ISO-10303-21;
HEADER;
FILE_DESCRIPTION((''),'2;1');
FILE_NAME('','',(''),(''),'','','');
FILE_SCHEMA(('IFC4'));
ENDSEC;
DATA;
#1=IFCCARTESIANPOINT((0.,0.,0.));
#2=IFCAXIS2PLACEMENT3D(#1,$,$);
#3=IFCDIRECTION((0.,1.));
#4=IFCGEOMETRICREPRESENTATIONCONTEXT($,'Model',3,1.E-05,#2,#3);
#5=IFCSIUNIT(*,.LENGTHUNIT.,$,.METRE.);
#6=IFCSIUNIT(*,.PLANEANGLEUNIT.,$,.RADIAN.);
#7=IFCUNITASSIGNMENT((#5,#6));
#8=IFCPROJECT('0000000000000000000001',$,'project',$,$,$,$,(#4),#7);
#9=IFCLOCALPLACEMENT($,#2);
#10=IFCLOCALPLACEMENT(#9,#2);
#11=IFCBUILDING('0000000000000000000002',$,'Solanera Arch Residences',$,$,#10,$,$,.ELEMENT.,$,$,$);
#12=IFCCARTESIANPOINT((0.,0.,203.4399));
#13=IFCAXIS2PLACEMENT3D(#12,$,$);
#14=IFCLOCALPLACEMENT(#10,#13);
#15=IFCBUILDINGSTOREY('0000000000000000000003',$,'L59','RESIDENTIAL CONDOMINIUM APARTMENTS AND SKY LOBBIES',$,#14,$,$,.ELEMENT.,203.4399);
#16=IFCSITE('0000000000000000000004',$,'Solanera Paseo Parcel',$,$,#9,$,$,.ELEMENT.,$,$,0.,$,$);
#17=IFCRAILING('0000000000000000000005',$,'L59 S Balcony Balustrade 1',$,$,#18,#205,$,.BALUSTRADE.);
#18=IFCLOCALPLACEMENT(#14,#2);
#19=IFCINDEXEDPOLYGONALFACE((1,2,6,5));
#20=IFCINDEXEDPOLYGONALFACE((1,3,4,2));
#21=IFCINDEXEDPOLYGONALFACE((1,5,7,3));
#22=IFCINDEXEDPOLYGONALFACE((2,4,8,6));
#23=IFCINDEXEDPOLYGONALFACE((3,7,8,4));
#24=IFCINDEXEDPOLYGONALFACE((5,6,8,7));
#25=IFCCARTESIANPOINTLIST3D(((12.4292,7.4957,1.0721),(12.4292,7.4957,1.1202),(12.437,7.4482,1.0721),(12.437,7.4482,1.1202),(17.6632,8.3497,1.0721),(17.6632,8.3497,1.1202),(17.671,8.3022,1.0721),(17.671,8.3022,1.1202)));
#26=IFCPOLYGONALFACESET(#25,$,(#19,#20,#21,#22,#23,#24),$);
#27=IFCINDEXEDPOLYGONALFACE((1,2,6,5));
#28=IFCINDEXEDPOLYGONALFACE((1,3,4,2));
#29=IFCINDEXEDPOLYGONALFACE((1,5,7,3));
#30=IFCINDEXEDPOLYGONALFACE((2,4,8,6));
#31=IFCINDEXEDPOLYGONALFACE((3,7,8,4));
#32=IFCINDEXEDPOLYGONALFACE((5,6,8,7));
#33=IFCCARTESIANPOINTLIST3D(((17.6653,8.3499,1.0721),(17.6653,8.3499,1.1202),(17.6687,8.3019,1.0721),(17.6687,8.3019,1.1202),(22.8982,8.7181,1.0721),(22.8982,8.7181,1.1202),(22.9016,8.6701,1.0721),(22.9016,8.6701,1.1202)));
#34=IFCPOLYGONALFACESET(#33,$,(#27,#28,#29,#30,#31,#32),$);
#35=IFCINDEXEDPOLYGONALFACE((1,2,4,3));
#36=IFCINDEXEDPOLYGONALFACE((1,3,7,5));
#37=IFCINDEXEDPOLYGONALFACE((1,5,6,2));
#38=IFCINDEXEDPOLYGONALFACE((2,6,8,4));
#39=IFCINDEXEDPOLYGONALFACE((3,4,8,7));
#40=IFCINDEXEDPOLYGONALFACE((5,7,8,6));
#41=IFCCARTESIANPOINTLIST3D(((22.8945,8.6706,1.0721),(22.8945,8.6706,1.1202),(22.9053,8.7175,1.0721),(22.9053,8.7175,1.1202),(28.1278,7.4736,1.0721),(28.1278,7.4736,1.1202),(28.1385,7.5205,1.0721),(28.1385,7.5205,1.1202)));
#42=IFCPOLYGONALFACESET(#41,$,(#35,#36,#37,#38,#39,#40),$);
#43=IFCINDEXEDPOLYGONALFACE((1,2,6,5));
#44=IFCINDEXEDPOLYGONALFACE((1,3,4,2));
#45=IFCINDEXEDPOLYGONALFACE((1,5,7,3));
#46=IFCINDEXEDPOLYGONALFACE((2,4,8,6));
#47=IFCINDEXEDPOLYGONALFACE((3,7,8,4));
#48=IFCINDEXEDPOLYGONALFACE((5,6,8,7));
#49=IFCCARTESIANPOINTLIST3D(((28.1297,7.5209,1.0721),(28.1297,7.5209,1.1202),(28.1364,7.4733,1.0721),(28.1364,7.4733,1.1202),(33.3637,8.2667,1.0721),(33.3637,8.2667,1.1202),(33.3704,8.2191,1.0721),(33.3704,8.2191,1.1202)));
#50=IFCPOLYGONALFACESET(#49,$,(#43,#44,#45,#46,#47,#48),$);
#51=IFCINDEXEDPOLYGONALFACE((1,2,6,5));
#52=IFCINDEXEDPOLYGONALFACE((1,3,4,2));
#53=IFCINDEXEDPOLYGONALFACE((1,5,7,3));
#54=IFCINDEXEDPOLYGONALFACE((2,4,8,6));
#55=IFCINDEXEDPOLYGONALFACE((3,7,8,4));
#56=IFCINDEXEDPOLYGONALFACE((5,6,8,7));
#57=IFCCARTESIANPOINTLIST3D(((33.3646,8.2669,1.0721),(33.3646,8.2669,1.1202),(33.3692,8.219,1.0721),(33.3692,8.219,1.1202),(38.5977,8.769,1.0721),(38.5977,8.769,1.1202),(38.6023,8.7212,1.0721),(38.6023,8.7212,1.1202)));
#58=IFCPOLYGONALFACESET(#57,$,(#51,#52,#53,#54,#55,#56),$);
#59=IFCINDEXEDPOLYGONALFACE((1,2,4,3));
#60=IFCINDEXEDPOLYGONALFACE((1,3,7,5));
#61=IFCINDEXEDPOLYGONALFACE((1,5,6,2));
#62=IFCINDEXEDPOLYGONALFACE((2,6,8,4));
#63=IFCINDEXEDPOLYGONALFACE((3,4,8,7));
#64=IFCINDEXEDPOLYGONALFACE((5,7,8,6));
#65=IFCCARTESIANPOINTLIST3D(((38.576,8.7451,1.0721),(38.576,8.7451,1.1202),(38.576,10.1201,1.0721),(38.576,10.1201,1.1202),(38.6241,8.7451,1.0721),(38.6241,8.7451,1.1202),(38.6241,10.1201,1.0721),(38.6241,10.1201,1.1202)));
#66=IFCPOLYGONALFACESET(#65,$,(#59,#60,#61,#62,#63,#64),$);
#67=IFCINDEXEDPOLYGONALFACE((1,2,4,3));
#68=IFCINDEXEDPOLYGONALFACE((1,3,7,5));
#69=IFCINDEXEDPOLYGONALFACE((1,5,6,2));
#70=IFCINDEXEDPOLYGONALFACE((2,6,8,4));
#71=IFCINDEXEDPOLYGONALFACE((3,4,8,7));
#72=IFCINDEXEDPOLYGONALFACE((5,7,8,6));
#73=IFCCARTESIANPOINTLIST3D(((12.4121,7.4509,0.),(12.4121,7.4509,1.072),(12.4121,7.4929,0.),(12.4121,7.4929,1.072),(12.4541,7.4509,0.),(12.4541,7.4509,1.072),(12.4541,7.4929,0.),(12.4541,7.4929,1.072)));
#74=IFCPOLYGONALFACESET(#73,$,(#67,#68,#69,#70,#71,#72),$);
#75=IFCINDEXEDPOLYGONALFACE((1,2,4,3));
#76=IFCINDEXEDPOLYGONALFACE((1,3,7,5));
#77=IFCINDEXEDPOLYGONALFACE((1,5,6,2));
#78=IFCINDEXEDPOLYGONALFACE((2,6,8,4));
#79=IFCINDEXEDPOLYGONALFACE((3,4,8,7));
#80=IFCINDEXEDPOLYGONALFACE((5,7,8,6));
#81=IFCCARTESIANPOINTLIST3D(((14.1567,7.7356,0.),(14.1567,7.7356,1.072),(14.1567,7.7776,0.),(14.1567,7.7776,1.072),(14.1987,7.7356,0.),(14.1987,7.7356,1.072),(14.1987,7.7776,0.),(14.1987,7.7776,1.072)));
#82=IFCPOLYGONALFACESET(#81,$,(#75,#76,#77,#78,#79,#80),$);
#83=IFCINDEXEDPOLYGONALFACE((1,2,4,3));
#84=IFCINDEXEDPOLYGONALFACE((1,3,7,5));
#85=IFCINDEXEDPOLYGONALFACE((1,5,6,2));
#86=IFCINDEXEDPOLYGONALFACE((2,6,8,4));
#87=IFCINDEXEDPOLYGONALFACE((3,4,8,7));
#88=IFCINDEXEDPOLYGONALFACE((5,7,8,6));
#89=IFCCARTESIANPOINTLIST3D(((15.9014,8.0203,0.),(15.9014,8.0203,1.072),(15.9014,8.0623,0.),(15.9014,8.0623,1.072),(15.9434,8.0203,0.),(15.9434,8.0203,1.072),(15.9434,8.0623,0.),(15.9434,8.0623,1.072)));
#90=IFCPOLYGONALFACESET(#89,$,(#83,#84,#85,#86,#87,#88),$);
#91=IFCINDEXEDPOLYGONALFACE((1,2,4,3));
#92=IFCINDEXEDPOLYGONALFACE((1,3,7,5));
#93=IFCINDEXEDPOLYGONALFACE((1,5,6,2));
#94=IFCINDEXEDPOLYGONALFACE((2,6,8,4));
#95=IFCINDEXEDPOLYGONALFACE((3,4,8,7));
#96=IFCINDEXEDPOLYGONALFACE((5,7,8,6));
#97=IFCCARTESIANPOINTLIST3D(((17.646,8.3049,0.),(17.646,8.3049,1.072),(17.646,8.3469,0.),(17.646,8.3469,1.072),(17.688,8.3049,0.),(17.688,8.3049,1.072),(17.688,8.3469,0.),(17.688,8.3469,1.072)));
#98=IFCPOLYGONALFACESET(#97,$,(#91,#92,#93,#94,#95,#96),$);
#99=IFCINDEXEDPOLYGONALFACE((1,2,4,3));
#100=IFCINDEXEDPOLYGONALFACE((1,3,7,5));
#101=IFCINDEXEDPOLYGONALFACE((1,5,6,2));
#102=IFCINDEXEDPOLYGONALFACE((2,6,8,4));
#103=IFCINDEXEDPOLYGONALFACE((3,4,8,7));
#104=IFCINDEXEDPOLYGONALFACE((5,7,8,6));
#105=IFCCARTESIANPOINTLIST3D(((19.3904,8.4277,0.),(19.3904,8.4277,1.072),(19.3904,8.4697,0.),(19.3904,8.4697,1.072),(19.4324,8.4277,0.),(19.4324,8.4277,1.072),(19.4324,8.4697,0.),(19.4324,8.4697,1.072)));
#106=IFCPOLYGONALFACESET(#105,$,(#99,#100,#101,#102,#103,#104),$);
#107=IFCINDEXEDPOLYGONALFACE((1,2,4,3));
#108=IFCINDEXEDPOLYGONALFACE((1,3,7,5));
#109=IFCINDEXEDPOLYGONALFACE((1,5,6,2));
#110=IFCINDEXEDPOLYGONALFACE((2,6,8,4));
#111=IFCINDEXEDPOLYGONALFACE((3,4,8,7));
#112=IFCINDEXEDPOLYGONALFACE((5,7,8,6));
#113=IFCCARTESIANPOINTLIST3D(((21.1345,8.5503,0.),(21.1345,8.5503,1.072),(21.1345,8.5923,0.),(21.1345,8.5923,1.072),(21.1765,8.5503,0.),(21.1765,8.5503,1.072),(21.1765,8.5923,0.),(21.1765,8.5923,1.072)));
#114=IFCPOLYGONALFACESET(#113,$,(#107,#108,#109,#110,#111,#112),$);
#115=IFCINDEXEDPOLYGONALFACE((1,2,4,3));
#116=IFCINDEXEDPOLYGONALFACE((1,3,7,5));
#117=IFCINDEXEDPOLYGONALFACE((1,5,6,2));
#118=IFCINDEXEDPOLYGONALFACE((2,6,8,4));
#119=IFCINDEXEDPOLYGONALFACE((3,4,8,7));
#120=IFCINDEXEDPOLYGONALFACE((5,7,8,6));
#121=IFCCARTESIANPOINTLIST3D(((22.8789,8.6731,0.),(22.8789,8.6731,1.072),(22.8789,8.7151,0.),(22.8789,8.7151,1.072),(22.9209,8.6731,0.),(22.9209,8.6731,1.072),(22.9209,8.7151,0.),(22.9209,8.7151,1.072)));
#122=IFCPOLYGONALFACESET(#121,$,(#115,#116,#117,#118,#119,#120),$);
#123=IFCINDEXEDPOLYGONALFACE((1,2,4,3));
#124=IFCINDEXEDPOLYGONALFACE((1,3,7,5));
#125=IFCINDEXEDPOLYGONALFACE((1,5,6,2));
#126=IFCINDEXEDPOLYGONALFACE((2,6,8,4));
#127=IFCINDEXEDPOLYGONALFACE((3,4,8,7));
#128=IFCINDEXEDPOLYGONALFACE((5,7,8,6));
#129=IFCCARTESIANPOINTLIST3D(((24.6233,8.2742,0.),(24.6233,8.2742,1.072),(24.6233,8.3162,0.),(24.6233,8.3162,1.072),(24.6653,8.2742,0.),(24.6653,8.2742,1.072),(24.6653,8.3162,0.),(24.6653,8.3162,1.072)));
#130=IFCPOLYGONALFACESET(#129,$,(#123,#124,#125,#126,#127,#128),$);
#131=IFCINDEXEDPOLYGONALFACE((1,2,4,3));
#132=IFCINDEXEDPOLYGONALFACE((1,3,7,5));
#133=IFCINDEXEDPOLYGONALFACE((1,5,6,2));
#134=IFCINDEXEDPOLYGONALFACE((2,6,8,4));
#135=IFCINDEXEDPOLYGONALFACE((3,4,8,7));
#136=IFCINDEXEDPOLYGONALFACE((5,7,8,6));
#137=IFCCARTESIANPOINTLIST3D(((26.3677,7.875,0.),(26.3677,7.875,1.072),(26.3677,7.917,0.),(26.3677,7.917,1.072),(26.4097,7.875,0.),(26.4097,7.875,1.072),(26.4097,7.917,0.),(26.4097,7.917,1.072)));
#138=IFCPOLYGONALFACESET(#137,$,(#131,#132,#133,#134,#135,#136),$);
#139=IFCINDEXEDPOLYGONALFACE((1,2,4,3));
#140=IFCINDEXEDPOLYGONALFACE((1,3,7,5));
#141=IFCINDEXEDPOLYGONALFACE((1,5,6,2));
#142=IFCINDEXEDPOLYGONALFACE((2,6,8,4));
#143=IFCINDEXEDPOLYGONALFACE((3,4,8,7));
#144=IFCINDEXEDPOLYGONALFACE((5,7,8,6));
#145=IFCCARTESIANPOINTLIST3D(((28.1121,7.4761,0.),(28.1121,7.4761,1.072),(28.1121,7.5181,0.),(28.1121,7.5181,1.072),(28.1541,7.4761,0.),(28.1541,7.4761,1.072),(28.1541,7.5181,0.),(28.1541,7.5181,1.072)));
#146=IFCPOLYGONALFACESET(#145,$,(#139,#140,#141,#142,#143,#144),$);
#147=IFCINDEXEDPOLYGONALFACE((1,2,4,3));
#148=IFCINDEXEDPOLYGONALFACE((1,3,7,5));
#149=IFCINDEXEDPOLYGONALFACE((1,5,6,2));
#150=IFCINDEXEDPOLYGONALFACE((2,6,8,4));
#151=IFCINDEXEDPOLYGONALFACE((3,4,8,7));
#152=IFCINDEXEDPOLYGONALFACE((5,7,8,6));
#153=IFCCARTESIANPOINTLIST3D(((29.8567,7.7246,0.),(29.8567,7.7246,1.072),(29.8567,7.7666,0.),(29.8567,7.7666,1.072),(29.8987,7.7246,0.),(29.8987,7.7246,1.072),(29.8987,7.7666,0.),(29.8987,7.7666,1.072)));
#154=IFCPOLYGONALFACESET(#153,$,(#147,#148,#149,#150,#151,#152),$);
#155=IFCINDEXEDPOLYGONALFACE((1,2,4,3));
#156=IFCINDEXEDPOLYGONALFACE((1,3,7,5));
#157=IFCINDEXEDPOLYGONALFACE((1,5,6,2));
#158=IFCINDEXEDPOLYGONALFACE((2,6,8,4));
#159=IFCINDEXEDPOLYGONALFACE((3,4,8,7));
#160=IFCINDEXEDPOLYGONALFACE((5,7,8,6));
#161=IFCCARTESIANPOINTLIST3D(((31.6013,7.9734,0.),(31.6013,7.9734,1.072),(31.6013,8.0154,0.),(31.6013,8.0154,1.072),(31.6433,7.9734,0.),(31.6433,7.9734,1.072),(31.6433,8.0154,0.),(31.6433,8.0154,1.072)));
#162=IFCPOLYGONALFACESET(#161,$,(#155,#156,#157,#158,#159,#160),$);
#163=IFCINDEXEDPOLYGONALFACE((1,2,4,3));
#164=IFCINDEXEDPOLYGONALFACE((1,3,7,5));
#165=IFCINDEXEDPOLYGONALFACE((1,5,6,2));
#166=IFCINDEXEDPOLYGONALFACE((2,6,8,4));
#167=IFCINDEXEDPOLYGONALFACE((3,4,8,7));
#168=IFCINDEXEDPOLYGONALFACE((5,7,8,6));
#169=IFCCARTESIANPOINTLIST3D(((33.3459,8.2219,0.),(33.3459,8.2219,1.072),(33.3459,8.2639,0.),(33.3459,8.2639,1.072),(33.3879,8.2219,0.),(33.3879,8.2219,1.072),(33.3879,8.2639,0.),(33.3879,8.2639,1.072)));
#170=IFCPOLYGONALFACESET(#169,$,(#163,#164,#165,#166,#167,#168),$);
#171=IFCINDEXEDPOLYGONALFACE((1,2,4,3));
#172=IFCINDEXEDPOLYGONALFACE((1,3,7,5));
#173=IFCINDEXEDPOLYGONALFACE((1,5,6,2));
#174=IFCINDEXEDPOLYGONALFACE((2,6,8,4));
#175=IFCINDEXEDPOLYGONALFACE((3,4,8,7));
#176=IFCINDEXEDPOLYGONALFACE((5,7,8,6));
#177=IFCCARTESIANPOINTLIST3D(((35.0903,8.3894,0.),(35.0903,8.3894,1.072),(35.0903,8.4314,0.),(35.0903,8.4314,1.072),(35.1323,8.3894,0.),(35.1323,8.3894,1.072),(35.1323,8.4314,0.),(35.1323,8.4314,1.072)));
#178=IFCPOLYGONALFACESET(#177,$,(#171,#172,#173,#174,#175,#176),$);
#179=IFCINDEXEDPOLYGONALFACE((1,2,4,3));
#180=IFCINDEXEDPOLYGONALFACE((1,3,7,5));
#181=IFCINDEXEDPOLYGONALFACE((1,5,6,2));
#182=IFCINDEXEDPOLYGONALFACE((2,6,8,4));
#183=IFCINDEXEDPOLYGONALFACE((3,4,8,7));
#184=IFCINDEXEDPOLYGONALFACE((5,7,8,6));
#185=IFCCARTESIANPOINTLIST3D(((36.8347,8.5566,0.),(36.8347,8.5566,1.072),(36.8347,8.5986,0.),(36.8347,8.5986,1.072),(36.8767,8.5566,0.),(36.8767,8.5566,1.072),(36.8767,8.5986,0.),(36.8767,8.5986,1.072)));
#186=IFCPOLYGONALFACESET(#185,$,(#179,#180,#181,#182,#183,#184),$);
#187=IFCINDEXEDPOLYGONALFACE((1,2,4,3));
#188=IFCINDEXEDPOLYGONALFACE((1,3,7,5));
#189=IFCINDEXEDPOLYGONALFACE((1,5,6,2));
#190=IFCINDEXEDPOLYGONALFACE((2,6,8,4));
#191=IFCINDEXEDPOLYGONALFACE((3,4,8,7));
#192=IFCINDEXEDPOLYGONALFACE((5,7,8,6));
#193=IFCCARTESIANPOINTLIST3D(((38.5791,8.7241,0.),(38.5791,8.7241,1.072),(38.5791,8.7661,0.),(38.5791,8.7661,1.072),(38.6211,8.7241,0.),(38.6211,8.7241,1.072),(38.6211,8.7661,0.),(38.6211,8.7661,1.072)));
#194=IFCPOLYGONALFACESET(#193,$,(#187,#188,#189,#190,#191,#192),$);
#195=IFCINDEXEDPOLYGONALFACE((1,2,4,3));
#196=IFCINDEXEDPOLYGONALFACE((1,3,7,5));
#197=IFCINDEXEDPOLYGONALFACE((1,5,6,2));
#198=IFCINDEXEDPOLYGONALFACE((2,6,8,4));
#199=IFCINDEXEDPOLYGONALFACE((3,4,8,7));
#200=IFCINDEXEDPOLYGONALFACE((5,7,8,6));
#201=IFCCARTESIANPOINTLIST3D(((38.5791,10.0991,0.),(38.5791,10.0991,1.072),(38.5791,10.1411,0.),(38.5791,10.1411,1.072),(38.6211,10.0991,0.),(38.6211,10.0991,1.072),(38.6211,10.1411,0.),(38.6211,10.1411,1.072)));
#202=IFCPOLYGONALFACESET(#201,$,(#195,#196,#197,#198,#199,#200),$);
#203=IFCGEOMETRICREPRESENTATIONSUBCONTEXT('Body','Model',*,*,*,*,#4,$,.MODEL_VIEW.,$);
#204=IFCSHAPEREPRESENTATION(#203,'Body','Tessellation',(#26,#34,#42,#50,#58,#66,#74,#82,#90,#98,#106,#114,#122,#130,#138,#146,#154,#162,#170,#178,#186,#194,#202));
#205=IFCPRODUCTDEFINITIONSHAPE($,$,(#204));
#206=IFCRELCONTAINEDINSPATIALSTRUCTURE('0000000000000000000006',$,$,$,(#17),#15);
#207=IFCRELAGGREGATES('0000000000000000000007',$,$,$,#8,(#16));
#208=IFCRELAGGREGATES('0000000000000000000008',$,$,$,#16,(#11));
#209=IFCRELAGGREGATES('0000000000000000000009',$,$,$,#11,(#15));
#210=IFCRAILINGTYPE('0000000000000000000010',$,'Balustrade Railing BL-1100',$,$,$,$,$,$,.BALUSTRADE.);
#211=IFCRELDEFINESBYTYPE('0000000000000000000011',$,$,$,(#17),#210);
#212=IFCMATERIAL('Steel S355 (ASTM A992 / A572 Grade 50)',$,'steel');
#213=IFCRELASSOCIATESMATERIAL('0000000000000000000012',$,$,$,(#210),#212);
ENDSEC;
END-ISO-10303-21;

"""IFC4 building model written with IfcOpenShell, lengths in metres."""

from ifc_helpers import new_model, si_unit, direction, frame, origin, origin_2d, place, context, subcontext, project, spatial, rectangle, extrude, material, type_object, element, save


model = new_model("IFC4")

# Units and contexts
model_context = context("Model", 3, precision=1e-05, world=origin(), true_north=direction((0.0, 1.0)))
body_context = subcontext(model_context, "Body", "Model", "MODEL_VIEW")
ifc_project = project(units=[si_unit("LENGTHUNIT", "METRE"), si_unit("PLANEANGLEUNIT", "RADIAN")], contexts=[model_context])

# Site, building, storey
site_placement = place(None, origin())
site = spatial("IfcSite", under=ifc_project, at=site_placement, Name="Solanera Paseo Parcel", CompositionType="ELEMENT", RefElevation=0.0)
building_placement = place(site_placement, origin())
building = spatial("IfcBuilding", under=site, at=building_placement, Name="Solanera Arch Residences", CompositionType="ELEMENT")
storey_placement = place(building_placement, frame((0.0, 0.0, 203.4399)))
storey = spatial("IfcBuildingStorey", under=building, at=storey_placement, Name="L59", Description="RESIDENTIAL CONDOMINIUM APARTMENTS AND SKY LOBBIES", CompositionType="ELEMENT", Elevation=203.4399)

# Railing
ifc_material_1 = material(Name="Steel S355 (ASTM A992 / A572 Grade 50)", Category="steel")
railing_type = type_object("IfcRailingType", Name="Balustrade Railing BL-1100", PredefinedType="BALUSTRADE", material=ifc_material_1)
railing_placement = place(storey_placement, frame((12.4331, 7.4719, 0.0)))
element("IfcRailing", 1, at=railing_placement, inside=storey, type_object=railing_type, Name="L59 S Balcony Balustrade 1", PredefinedType="BALUSTRADE", context=body_context, shape_type="SweptSolid", body=[
    extrude(rectangle(XDim=0.0481, YDim=0.0481, at=origin_2d()), frame((0.0, 0.0, 1.0962), z_axis=(0.986948, 0.161039, 0.0), x_axis=(-0.161039, 0.986948, 0.0)), (0.0, 0.0, 1.0), 5.3032),
    extrude(rectangle(XDim=0.0481, YDim=0.0481, at=origin_2d()), frame((5.2339, 0.854, 1.0962), z_axis=(0.997534, 0.070182, 0.0), x_axis=(-0.070182, 0.997534, 0.0)), (0.0, 0.0, 1.0), 5.2458),
    extrude(rectangle(XDim=0.0481, YDim=0.0481, at=origin_2d()), frame((10.4668, 1.2222, 1.0962), z_axis=(0.974823, -0.222979, 0.0), x_axis=(0.222979, 0.974823, 0.0)), (0.0, 0.0, 1.0), 5.3684),
    extrude(rectangle(XDim=0.0481, YDim=0.0481, at=origin_2d()), frame((15.7, 0.0251, 1.0962), z_axis=(0.989998, 0.141079, 0.0), x_axis=(-0.141079, 0.989998, 0.0)), (0.0, 0.0, 1.0), 5.2869),
    extrude(rectangle(XDim=0.0481, YDim=0.0481, at=origin_2d()), frame((20.9338, 0.771, 1.0962), z_axis=(0.995427, 0.095526, 0.0), x_axis=(-0.095526, 0.995427, 0.0)), (0.0, 0.0, 1.0), 5.2571),
    extrude(rectangle(XDim=0.0481, YDim=0.0481, at=origin_2d()), frame((26.167, 1.2732, 1.0962), z_axis=(0.0, 1.0, 0.0), x_axis=(-1.0, 0.0, 0.0)), (0.0, 0.0, 1.0), 1.375),
    extrude(rectangle(XDim=0.042, YDim=0.042, at=origin_2d()), origin(), (0.0, 0.0, 1.0), 1.072),
    extrude(rectangle(XDim=0.042, YDim=0.042, at=origin_2d()), frame((1.7446, 0.2847, 0.0)), (0.0, 0.0, 1.0), 1.072),
    extrude(rectangle(XDim=0.042, YDim=0.042, at=origin_2d()), frame((3.4893, 0.5693, 0.0)), (0.0, 0.0, 1.0), 1.072),
    extrude(rectangle(XDim=0.042, YDim=0.042, at=origin_2d()), frame((5.2339, 0.854, 0.0)), (0.0, 0.0, 1.0), 1.072),
    extrude(rectangle(XDim=0.042, YDim=0.042, at=origin_2d()), frame((6.9783, 0.9768, 0.0)), (0.0, 0.0, 1.0), 1.072),
    extrude(rectangle(XDim=0.042, YDim=0.042, at=origin_2d()), frame((8.7224, 1.0994, 0.0)), (0.0, 0.0, 1.0), 1.072),
    extrude(rectangle(XDim=0.042, YDim=0.042, at=origin_2d()), frame((10.4668, 1.2222, 0.0)), (0.0, 0.0, 1.0), 1.072),
    extrude(rectangle(XDim=0.042, YDim=0.042, at=origin_2d()), frame((12.2112, 0.8232, 0.0)), (0.0, 0.0, 1.0), 1.072),
    extrude(rectangle(XDim=0.042, YDim=0.042, at=origin_2d()), frame((13.9556, 0.4241, 0.0)), (0.0, 0.0, 1.0), 1.072),
    extrude(rectangle(XDim=0.042, YDim=0.042, at=origin_2d()), frame((15.7, 0.0251, 0.0)), (0.0, 0.0, 1.0), 1.072),
    extrude(rectangle(XDim=0.042, YDim=0.042, at=origin_2d()), frame((17.4446, 0.2737, 0.0)), (0.0, 0.0, 1.0), 1.072),
    extrude(rectangle(XDim=0.042, YDim=0.042, at=origin_2d()), frame((19.1892, 0.5225, 0.0)), (0.0, 0.0, 1.0), 1.072),
    extrude(rectangle(XDim=0.042, YDim=0.042, at=origin_2d()), frame((20.9338, 0.771, 0.0)), (0.0, 0.0, 1.0), 1.072),
    extrude(rectangle(XDim=0.042, YDim=0.042, at=origin_2d()), frame((22.6782, 0.9385, 0.0)), (0.0, 0.0, 1.0), 1.072),
    extrude(rectangle(XDim=0.042, YDim=0.042, at=origin_2d()), frame((24.4226, 1.1057, 0.0)), (0.0, 0.0, 1.0), 1.072),
    extrude(rectangle(XDim=0.042, YDim=0.042, at=origin_2d()), frame((26.167, 1.2732, 0.0)), (0.0, 0.0, 1.0), 1.072),
    extrude(rectangle(XDim=0.042, YDim=0.042, at=origin_2d()), frame((26.167, 2.6482, 0.0)), (0.0, 0.0, 1.0), 1.072),
])

save(model, "model.ifc")
